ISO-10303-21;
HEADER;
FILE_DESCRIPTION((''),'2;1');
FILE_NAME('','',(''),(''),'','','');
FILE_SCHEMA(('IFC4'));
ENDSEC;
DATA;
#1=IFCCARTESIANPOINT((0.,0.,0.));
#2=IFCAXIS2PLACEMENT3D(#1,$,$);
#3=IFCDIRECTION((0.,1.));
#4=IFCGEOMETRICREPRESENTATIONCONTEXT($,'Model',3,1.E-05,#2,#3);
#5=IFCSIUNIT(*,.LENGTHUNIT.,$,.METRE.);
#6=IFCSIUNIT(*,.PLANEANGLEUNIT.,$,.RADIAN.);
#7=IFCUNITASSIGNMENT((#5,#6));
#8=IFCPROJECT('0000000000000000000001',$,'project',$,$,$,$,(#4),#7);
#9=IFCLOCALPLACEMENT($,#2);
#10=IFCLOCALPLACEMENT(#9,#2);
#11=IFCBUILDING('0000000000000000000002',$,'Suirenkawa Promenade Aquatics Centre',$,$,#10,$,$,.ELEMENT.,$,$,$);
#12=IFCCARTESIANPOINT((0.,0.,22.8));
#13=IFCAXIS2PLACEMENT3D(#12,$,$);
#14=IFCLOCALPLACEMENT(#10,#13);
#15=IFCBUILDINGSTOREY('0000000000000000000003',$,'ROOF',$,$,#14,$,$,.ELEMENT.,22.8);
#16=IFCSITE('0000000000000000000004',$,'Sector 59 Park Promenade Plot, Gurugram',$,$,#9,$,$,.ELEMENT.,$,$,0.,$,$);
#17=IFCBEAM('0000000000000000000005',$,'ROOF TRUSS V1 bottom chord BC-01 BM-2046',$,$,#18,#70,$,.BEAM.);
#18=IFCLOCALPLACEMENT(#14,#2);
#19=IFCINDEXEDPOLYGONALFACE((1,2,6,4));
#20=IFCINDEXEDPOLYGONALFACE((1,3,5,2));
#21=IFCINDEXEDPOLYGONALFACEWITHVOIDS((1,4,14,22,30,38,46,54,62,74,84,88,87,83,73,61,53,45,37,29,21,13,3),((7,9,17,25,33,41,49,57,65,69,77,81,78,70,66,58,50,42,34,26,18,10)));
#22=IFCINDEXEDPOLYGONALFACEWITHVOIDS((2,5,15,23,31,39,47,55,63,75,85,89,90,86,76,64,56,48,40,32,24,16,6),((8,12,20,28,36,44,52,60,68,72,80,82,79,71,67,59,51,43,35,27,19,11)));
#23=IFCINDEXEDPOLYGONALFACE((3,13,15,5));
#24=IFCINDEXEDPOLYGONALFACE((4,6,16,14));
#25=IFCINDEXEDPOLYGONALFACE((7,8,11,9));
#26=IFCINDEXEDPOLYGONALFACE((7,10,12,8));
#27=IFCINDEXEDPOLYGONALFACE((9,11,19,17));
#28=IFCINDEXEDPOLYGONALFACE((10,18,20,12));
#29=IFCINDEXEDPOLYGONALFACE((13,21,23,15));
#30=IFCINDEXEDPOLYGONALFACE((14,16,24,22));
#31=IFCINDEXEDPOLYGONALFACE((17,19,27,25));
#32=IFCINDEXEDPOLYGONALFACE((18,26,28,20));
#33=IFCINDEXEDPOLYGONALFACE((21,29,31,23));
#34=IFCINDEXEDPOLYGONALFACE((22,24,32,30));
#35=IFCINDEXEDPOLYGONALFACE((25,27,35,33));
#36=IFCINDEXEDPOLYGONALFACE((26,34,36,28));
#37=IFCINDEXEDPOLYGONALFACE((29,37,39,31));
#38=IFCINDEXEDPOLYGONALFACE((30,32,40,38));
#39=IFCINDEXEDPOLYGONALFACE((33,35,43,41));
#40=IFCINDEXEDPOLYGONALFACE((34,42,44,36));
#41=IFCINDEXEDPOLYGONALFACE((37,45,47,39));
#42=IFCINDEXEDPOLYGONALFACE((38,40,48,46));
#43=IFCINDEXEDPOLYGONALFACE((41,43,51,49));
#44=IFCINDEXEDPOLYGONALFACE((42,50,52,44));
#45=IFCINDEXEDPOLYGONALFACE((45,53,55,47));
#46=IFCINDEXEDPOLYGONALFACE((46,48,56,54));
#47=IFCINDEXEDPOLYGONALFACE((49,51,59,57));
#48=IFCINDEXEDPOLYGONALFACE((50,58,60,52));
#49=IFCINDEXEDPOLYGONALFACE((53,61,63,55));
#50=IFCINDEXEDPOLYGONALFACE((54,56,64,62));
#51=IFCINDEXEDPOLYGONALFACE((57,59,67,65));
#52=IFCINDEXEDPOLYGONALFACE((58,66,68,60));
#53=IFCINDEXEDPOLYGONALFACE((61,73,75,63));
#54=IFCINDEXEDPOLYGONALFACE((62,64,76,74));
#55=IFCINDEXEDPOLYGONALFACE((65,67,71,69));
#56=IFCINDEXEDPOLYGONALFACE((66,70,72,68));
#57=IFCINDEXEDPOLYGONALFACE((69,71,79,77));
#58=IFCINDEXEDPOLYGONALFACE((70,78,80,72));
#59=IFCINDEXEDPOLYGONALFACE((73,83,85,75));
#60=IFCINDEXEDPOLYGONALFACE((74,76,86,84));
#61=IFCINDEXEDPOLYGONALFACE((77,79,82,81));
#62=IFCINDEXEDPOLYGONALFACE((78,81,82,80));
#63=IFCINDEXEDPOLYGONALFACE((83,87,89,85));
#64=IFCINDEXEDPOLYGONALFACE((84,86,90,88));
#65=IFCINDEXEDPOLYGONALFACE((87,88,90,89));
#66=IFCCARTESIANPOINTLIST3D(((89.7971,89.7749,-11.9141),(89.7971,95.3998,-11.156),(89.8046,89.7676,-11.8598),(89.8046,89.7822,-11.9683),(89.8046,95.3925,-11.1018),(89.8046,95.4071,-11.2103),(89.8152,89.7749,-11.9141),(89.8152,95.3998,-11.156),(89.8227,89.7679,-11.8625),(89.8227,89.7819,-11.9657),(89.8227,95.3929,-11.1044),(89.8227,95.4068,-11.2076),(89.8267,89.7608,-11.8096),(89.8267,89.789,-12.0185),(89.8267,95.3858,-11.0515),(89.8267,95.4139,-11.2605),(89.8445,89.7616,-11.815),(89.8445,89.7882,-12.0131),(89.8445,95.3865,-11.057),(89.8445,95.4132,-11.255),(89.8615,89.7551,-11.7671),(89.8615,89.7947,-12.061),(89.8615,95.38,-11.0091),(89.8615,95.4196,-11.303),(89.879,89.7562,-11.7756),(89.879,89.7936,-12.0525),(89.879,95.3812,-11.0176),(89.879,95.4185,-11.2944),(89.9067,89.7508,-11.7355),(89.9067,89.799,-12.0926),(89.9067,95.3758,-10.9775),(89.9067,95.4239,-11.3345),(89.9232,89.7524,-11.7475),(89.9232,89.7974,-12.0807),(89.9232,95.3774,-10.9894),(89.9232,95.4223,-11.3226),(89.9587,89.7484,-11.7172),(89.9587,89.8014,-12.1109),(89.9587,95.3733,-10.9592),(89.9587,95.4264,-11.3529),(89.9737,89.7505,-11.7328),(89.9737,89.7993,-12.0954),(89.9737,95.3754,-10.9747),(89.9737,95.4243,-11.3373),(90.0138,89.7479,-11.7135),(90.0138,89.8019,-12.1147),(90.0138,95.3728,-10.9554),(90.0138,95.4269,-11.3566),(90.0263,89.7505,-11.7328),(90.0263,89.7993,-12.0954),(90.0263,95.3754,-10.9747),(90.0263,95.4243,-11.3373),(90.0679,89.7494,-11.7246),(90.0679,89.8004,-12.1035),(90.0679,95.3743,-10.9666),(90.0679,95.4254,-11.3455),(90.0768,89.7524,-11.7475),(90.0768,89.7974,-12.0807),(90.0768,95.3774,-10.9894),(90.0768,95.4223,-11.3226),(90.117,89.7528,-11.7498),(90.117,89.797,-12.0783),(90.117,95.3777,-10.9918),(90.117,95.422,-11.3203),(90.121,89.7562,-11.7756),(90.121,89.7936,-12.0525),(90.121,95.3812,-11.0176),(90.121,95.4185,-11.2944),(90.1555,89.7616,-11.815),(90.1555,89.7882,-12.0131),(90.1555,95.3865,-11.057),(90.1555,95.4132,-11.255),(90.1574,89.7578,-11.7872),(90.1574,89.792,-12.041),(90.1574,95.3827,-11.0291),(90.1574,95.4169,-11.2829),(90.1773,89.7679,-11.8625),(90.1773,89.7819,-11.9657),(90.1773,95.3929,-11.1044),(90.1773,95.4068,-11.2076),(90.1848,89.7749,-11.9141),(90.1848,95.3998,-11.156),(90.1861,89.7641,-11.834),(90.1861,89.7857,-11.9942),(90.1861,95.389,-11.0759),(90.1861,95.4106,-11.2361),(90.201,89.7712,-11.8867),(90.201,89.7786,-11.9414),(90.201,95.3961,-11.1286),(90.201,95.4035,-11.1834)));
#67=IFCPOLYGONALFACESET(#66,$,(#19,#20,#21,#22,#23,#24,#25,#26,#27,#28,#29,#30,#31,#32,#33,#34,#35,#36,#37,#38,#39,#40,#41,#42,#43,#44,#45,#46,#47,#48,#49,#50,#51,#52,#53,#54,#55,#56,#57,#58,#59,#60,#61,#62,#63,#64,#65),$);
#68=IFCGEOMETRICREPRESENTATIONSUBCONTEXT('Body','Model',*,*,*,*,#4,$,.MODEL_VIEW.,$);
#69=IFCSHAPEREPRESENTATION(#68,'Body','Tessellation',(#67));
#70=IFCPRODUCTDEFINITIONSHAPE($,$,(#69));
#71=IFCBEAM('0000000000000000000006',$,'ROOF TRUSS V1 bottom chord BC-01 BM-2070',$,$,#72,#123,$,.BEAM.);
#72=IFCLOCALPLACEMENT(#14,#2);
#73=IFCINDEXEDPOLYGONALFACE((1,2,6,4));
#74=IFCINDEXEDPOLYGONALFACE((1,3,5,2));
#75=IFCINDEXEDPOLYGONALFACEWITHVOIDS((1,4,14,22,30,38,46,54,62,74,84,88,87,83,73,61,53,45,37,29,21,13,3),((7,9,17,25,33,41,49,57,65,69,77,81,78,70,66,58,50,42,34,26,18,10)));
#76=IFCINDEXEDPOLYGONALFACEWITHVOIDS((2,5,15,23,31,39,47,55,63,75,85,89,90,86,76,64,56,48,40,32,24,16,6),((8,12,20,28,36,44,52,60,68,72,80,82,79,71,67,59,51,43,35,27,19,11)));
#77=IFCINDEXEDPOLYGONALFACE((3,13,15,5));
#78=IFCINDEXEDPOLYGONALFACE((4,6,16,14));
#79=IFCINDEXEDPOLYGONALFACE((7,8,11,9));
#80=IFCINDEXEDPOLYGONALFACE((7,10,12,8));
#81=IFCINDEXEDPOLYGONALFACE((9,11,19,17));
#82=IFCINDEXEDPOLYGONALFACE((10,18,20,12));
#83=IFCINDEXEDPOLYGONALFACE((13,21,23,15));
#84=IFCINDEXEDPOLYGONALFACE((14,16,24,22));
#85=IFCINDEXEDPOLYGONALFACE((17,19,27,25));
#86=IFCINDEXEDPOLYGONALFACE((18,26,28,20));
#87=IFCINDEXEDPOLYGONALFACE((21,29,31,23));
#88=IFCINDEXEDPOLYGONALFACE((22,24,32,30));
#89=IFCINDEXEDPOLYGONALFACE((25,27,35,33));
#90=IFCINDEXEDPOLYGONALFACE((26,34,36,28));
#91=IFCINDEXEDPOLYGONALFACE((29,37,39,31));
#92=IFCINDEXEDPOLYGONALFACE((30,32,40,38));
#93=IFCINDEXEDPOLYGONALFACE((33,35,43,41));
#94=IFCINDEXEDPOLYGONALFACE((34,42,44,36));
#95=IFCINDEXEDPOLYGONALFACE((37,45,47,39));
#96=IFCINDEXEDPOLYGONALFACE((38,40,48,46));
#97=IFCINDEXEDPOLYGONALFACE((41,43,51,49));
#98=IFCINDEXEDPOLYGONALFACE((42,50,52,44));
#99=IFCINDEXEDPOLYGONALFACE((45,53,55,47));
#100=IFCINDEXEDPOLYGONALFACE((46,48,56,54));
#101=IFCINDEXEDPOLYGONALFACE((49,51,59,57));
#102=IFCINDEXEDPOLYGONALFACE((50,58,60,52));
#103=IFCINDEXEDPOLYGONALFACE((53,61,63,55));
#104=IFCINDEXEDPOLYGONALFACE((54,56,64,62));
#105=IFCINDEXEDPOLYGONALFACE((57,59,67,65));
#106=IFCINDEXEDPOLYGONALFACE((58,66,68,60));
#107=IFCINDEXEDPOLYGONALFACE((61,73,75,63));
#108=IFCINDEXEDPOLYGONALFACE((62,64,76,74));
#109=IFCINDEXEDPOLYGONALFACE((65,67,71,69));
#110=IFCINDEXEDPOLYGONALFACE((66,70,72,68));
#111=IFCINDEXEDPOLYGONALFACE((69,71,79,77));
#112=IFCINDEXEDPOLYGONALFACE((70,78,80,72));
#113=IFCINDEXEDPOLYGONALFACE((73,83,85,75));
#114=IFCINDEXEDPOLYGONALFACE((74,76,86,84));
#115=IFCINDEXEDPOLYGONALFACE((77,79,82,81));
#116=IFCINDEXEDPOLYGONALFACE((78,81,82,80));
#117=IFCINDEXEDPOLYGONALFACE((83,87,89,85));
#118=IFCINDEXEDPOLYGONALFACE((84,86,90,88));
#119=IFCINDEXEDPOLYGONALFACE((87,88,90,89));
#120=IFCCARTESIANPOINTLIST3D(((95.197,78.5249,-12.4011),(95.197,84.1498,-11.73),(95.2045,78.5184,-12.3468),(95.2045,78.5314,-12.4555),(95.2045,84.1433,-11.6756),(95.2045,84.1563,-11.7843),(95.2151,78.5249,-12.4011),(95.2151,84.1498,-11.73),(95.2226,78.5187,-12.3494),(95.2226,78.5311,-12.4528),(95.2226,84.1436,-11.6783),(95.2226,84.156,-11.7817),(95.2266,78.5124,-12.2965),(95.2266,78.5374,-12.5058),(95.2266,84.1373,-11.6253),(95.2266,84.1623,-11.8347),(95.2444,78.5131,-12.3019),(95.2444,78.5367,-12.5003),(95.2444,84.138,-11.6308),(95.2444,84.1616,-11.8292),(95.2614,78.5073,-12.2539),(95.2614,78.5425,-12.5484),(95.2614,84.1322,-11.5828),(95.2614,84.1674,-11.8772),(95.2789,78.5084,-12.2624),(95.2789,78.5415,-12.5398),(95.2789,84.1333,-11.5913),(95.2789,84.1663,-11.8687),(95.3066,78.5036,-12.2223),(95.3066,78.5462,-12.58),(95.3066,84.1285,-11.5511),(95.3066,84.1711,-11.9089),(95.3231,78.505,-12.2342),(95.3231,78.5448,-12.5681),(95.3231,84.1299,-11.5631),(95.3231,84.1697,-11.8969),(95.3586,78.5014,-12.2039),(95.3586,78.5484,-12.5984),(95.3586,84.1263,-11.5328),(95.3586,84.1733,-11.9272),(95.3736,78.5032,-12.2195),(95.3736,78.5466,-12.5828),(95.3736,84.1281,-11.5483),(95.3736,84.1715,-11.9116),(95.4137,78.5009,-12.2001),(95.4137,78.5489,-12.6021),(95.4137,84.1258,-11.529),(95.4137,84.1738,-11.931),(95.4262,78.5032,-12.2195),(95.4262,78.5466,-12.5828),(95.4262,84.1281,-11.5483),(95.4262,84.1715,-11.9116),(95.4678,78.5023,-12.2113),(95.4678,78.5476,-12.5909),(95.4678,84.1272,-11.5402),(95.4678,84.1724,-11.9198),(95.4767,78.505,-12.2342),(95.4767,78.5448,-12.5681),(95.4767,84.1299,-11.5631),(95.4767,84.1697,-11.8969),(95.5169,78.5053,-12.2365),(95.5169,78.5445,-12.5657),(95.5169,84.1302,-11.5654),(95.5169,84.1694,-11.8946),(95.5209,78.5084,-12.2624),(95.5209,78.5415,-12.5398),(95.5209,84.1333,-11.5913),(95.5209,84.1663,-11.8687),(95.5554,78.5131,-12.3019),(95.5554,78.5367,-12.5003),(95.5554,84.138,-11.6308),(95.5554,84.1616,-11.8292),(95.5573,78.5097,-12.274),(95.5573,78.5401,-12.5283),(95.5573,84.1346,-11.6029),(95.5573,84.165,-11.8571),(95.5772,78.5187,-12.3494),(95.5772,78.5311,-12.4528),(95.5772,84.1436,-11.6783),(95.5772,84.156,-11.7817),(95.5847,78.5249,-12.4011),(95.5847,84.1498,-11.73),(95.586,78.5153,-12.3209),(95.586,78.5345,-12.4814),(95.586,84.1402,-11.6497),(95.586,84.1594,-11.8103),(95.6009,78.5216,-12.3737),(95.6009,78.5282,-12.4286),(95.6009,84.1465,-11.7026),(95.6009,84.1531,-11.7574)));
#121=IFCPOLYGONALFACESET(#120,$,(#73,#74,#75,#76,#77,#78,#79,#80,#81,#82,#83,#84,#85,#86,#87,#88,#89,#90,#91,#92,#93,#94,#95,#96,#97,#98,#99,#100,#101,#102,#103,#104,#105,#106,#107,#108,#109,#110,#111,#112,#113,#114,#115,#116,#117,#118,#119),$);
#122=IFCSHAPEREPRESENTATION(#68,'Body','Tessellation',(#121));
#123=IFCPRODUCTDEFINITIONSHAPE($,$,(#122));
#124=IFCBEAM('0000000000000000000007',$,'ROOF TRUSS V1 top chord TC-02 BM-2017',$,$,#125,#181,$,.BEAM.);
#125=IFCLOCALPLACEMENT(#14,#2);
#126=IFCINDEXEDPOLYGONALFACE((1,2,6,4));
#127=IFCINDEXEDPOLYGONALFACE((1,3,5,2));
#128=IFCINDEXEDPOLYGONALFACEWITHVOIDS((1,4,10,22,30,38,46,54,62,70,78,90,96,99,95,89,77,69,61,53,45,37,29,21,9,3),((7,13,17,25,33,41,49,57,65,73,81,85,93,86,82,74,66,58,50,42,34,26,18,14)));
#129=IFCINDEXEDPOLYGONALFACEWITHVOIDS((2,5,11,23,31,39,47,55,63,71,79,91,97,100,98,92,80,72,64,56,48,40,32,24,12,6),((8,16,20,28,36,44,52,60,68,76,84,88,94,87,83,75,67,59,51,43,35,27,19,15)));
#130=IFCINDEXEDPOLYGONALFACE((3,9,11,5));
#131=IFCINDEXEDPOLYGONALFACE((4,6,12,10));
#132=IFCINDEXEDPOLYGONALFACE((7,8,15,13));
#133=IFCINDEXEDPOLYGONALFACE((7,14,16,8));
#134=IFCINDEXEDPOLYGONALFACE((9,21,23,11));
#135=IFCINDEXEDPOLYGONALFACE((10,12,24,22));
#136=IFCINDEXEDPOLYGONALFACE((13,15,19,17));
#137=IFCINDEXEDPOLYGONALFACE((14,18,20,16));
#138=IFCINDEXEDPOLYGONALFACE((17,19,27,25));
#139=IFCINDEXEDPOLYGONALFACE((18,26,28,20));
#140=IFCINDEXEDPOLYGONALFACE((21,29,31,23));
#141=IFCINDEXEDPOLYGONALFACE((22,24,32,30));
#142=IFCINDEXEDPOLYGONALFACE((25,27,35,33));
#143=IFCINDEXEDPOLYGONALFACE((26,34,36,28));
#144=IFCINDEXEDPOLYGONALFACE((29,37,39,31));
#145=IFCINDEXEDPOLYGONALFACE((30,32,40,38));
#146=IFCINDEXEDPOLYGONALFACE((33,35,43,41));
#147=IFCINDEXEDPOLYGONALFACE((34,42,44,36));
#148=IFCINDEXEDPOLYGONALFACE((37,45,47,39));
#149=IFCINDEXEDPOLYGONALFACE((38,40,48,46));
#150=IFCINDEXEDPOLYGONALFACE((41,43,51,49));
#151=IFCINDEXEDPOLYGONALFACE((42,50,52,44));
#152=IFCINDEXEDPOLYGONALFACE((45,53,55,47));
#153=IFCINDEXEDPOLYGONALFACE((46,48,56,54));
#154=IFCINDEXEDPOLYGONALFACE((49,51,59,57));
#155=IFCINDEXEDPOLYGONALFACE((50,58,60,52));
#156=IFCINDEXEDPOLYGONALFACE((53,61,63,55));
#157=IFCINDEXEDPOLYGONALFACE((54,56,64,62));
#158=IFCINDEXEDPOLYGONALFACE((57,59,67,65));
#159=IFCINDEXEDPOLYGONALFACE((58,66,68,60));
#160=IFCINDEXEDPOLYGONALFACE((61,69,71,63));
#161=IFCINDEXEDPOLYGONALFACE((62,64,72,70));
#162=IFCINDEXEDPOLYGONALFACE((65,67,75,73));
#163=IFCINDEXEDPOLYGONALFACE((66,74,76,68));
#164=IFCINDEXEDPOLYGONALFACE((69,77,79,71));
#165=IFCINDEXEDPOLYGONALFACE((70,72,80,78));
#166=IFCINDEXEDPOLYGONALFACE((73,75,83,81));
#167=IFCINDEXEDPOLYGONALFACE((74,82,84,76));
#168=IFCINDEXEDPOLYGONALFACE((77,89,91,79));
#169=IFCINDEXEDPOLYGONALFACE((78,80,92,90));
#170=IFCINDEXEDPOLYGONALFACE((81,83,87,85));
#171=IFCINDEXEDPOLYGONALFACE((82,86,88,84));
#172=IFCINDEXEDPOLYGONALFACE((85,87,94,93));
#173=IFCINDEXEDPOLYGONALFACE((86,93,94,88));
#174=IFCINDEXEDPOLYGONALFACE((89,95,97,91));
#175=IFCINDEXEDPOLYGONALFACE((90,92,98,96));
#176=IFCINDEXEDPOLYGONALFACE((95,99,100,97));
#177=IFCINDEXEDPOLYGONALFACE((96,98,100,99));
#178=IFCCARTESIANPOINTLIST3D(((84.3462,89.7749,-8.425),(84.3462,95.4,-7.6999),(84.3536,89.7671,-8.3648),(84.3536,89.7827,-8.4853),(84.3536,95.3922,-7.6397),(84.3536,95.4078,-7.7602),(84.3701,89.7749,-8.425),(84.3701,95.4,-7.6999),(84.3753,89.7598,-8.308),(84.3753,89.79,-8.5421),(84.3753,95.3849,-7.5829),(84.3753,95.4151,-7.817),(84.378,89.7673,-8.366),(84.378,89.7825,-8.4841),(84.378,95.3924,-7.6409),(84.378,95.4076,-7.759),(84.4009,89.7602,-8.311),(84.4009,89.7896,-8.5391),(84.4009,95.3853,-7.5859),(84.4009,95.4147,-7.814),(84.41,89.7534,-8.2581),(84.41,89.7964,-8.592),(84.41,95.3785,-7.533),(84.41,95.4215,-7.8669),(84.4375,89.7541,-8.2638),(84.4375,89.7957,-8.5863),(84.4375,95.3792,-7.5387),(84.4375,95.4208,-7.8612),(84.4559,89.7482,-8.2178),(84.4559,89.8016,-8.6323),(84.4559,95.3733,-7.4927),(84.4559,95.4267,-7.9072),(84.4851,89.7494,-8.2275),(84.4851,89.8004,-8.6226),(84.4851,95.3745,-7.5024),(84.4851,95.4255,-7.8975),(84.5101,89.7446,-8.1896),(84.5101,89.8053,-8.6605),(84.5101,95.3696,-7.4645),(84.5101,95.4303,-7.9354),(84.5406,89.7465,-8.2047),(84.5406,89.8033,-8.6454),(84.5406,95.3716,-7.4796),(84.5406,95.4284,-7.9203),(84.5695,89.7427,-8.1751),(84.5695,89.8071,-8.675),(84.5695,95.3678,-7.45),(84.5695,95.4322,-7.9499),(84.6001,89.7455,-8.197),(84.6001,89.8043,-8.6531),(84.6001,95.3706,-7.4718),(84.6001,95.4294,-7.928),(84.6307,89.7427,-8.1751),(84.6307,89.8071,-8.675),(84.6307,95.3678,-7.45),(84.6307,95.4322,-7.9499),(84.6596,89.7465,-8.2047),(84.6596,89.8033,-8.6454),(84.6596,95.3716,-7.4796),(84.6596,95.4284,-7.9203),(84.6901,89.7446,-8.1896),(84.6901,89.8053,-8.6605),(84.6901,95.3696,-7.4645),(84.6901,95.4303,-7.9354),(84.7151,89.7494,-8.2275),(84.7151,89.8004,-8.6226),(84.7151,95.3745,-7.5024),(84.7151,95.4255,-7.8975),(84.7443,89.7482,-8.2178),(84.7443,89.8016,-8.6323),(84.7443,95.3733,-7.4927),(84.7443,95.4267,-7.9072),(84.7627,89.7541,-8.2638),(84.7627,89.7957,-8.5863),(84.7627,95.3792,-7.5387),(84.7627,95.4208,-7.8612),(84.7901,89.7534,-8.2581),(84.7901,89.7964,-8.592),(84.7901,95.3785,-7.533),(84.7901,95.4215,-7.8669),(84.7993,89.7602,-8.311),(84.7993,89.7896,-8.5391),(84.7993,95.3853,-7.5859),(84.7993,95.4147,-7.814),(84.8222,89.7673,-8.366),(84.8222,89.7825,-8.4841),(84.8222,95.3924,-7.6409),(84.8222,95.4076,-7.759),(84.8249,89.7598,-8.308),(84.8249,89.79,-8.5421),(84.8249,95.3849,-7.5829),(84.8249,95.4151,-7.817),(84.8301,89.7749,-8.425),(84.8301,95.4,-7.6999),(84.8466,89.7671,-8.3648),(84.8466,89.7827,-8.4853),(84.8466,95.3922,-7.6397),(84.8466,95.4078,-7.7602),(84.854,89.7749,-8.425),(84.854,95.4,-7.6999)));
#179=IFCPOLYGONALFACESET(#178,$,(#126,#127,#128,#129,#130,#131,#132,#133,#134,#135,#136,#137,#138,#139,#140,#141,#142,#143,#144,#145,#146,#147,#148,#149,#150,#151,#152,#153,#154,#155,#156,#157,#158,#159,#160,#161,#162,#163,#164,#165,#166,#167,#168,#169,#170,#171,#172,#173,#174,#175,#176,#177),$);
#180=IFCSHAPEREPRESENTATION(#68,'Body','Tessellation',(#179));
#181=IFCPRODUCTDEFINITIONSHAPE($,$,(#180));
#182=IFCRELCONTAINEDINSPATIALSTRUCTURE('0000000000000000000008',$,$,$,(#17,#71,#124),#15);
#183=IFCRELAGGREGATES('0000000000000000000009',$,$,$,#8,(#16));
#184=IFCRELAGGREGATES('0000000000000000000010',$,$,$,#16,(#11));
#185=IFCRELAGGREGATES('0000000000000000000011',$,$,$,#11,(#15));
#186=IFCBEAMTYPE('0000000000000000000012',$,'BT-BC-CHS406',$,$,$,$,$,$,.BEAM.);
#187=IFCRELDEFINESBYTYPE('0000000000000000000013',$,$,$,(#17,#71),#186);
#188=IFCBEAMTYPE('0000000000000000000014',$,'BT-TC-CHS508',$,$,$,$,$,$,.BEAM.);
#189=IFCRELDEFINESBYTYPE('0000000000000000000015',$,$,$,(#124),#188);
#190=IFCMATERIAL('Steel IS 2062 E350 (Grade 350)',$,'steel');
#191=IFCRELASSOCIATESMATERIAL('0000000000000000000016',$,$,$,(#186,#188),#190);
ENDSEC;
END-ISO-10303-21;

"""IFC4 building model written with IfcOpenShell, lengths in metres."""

from ifc_helpers import new_model, si_unit, direction, frame, origin, origin_2d, place, context, subcontext, project, spatial, hollow_circle, extrude, material, material_profile, profile_set, type_object, element, save


model = new_model("IFC4")

# Units and contexts
model_context = context("Model", 3, precision=1e-05, world=origin(), true_north=direction((0.0, 1.0)))
body_context = subcontext(model_context, "Body", "Model", "MODEL_VIEW")
ifc_project = project(units=[si_unit("LENGTHUNIT", "METRE"), si_unit("PLANEANGLEUNIT", "RADIAN")], contexts=[model_context])

# Site, building, storey
site_placement = place(None, origin())
site = spatial("IfcSite", under=ifc_project, at=site_placement, Name="Sector 59 Park Promenade Plot, Gurugram", CompositionType="ELEMENT", RefElevation=0.0)
building_placement = place(site_placement, origin())
building = spatial("IfcBuilding", under=site, at=building_placement, Name="Suirenkawa Promenade Aquatics Centre", CompositionType="ELEMENT")
storey_placement = place(building_placement, frame((0.0, 0.0, 22.8)))
storey = spatial("IfcBuildingStorey", under=building, at=storey_placement, Name="ROOF", CompositionType="ELEMENT", Elevation=22.8)

# Beams
ifc_material = material(Name="Steel IS 2062 E350 (Grade 350)", Category="steel")
ifc_material_profile_1 = material_profile(ifc_material, hollow_circle(Radius=0.2029, WallThickness=0.0181, at=origin_2d()), Name="CHS 406x18", Category="steel")
ifc_profile_set_1 = profile_set([ifc_material_profile_1], Name="Steel IS 2062 E350 (Grade 350)")
beam_type_1 = type_object("IfcBeamType", Name="BT-BC-CHS406", PredefinedType="BEAM", material=ifc_profile_set_1)
beam_1_placement = place(storey_placement, frame((90.0, 89.7749, -11.9141), z_axis=(0.0, 0.991041, 0.133558), x_axis=(-1.0, 0.0, 0.0)))
element("IfcBeam", 1, at=beam_1_placement, inside=storey, type_object=beam_type_1, Name="ROOF TRUSS V1 bottom chord BC-01 BM-2046", PredefinedType="BEAM", context=body_context, shape_type="SweptSolid", body=[
    extrude(hollow_circle(Radius=0.2029, WallThickness=0.0181, at=origin_2d()), origin(), (0.0, 0.0, 1.0), 5.6758),
])
beam_2_placement = place(storey_placement, frame((95.3999, 78.5249, -12.4011), z_axis=(0.0, 0.992957, 0.118474), x_axis=(-1.0, 0.0, 0.0)))
element("IfcBeam", 2, at=beam_2_placement, inside=storey, type_object=beam_type_1, Name="ROOF TRUSS V1 bottom chord BC-01 BM-2070", PredefinedType="BEAM", context=body_context, shape_type="SweptSolid", body=[
    extrude(hollow_circle(Radius=0.2029, WallThickness=0.0181, at=origin_2d()), origin(), (0.0, 0.0, 1.0), 5.6648),
])
ifc_material_profile_2 = material_profile(ifc_material, hollow_circle(Radius=0.2539, WallThickness=0.0239, at=origin_2d()), Name="CHS 508x24", Category="steel")
ifc_profile_set_2 = profile_set([ifc_material_profile_2], Name="Steel IS 2062 E350 (Grade 350)")
beam_type_2 = type_object("IfcBeamType", Name="BT-TC-CHS508", PredefinedType="BEAM", material=ifc_profile_set_2)
for number, where, z_axis, x_axis, name in (
    (3, (84.6001, 89.7749, -8.425), (0.0, 0.991794, 0.127848), (-1.0, 0.0, 0.0), "ROOF TRUSS V1 top chord TC-02 BM-2017"),
):
    element("IfcBeam", number, at=place(storey_placement, frame(where, z_axis=z_axis, x_axis=x_axis)), inside=storey, type_object=beam_type_2, Name=name, PredefinedType="BEAM", context=body_context, shape_type="SweptSolid", body=[
        extrude(hollow_circle(Radius=0.2539, WallThickness=0.0239, at=origin_2d()), origin(), (0.0, 0.0, 1.0), 5.6716),
    ])

save(model, "model.ifc")
